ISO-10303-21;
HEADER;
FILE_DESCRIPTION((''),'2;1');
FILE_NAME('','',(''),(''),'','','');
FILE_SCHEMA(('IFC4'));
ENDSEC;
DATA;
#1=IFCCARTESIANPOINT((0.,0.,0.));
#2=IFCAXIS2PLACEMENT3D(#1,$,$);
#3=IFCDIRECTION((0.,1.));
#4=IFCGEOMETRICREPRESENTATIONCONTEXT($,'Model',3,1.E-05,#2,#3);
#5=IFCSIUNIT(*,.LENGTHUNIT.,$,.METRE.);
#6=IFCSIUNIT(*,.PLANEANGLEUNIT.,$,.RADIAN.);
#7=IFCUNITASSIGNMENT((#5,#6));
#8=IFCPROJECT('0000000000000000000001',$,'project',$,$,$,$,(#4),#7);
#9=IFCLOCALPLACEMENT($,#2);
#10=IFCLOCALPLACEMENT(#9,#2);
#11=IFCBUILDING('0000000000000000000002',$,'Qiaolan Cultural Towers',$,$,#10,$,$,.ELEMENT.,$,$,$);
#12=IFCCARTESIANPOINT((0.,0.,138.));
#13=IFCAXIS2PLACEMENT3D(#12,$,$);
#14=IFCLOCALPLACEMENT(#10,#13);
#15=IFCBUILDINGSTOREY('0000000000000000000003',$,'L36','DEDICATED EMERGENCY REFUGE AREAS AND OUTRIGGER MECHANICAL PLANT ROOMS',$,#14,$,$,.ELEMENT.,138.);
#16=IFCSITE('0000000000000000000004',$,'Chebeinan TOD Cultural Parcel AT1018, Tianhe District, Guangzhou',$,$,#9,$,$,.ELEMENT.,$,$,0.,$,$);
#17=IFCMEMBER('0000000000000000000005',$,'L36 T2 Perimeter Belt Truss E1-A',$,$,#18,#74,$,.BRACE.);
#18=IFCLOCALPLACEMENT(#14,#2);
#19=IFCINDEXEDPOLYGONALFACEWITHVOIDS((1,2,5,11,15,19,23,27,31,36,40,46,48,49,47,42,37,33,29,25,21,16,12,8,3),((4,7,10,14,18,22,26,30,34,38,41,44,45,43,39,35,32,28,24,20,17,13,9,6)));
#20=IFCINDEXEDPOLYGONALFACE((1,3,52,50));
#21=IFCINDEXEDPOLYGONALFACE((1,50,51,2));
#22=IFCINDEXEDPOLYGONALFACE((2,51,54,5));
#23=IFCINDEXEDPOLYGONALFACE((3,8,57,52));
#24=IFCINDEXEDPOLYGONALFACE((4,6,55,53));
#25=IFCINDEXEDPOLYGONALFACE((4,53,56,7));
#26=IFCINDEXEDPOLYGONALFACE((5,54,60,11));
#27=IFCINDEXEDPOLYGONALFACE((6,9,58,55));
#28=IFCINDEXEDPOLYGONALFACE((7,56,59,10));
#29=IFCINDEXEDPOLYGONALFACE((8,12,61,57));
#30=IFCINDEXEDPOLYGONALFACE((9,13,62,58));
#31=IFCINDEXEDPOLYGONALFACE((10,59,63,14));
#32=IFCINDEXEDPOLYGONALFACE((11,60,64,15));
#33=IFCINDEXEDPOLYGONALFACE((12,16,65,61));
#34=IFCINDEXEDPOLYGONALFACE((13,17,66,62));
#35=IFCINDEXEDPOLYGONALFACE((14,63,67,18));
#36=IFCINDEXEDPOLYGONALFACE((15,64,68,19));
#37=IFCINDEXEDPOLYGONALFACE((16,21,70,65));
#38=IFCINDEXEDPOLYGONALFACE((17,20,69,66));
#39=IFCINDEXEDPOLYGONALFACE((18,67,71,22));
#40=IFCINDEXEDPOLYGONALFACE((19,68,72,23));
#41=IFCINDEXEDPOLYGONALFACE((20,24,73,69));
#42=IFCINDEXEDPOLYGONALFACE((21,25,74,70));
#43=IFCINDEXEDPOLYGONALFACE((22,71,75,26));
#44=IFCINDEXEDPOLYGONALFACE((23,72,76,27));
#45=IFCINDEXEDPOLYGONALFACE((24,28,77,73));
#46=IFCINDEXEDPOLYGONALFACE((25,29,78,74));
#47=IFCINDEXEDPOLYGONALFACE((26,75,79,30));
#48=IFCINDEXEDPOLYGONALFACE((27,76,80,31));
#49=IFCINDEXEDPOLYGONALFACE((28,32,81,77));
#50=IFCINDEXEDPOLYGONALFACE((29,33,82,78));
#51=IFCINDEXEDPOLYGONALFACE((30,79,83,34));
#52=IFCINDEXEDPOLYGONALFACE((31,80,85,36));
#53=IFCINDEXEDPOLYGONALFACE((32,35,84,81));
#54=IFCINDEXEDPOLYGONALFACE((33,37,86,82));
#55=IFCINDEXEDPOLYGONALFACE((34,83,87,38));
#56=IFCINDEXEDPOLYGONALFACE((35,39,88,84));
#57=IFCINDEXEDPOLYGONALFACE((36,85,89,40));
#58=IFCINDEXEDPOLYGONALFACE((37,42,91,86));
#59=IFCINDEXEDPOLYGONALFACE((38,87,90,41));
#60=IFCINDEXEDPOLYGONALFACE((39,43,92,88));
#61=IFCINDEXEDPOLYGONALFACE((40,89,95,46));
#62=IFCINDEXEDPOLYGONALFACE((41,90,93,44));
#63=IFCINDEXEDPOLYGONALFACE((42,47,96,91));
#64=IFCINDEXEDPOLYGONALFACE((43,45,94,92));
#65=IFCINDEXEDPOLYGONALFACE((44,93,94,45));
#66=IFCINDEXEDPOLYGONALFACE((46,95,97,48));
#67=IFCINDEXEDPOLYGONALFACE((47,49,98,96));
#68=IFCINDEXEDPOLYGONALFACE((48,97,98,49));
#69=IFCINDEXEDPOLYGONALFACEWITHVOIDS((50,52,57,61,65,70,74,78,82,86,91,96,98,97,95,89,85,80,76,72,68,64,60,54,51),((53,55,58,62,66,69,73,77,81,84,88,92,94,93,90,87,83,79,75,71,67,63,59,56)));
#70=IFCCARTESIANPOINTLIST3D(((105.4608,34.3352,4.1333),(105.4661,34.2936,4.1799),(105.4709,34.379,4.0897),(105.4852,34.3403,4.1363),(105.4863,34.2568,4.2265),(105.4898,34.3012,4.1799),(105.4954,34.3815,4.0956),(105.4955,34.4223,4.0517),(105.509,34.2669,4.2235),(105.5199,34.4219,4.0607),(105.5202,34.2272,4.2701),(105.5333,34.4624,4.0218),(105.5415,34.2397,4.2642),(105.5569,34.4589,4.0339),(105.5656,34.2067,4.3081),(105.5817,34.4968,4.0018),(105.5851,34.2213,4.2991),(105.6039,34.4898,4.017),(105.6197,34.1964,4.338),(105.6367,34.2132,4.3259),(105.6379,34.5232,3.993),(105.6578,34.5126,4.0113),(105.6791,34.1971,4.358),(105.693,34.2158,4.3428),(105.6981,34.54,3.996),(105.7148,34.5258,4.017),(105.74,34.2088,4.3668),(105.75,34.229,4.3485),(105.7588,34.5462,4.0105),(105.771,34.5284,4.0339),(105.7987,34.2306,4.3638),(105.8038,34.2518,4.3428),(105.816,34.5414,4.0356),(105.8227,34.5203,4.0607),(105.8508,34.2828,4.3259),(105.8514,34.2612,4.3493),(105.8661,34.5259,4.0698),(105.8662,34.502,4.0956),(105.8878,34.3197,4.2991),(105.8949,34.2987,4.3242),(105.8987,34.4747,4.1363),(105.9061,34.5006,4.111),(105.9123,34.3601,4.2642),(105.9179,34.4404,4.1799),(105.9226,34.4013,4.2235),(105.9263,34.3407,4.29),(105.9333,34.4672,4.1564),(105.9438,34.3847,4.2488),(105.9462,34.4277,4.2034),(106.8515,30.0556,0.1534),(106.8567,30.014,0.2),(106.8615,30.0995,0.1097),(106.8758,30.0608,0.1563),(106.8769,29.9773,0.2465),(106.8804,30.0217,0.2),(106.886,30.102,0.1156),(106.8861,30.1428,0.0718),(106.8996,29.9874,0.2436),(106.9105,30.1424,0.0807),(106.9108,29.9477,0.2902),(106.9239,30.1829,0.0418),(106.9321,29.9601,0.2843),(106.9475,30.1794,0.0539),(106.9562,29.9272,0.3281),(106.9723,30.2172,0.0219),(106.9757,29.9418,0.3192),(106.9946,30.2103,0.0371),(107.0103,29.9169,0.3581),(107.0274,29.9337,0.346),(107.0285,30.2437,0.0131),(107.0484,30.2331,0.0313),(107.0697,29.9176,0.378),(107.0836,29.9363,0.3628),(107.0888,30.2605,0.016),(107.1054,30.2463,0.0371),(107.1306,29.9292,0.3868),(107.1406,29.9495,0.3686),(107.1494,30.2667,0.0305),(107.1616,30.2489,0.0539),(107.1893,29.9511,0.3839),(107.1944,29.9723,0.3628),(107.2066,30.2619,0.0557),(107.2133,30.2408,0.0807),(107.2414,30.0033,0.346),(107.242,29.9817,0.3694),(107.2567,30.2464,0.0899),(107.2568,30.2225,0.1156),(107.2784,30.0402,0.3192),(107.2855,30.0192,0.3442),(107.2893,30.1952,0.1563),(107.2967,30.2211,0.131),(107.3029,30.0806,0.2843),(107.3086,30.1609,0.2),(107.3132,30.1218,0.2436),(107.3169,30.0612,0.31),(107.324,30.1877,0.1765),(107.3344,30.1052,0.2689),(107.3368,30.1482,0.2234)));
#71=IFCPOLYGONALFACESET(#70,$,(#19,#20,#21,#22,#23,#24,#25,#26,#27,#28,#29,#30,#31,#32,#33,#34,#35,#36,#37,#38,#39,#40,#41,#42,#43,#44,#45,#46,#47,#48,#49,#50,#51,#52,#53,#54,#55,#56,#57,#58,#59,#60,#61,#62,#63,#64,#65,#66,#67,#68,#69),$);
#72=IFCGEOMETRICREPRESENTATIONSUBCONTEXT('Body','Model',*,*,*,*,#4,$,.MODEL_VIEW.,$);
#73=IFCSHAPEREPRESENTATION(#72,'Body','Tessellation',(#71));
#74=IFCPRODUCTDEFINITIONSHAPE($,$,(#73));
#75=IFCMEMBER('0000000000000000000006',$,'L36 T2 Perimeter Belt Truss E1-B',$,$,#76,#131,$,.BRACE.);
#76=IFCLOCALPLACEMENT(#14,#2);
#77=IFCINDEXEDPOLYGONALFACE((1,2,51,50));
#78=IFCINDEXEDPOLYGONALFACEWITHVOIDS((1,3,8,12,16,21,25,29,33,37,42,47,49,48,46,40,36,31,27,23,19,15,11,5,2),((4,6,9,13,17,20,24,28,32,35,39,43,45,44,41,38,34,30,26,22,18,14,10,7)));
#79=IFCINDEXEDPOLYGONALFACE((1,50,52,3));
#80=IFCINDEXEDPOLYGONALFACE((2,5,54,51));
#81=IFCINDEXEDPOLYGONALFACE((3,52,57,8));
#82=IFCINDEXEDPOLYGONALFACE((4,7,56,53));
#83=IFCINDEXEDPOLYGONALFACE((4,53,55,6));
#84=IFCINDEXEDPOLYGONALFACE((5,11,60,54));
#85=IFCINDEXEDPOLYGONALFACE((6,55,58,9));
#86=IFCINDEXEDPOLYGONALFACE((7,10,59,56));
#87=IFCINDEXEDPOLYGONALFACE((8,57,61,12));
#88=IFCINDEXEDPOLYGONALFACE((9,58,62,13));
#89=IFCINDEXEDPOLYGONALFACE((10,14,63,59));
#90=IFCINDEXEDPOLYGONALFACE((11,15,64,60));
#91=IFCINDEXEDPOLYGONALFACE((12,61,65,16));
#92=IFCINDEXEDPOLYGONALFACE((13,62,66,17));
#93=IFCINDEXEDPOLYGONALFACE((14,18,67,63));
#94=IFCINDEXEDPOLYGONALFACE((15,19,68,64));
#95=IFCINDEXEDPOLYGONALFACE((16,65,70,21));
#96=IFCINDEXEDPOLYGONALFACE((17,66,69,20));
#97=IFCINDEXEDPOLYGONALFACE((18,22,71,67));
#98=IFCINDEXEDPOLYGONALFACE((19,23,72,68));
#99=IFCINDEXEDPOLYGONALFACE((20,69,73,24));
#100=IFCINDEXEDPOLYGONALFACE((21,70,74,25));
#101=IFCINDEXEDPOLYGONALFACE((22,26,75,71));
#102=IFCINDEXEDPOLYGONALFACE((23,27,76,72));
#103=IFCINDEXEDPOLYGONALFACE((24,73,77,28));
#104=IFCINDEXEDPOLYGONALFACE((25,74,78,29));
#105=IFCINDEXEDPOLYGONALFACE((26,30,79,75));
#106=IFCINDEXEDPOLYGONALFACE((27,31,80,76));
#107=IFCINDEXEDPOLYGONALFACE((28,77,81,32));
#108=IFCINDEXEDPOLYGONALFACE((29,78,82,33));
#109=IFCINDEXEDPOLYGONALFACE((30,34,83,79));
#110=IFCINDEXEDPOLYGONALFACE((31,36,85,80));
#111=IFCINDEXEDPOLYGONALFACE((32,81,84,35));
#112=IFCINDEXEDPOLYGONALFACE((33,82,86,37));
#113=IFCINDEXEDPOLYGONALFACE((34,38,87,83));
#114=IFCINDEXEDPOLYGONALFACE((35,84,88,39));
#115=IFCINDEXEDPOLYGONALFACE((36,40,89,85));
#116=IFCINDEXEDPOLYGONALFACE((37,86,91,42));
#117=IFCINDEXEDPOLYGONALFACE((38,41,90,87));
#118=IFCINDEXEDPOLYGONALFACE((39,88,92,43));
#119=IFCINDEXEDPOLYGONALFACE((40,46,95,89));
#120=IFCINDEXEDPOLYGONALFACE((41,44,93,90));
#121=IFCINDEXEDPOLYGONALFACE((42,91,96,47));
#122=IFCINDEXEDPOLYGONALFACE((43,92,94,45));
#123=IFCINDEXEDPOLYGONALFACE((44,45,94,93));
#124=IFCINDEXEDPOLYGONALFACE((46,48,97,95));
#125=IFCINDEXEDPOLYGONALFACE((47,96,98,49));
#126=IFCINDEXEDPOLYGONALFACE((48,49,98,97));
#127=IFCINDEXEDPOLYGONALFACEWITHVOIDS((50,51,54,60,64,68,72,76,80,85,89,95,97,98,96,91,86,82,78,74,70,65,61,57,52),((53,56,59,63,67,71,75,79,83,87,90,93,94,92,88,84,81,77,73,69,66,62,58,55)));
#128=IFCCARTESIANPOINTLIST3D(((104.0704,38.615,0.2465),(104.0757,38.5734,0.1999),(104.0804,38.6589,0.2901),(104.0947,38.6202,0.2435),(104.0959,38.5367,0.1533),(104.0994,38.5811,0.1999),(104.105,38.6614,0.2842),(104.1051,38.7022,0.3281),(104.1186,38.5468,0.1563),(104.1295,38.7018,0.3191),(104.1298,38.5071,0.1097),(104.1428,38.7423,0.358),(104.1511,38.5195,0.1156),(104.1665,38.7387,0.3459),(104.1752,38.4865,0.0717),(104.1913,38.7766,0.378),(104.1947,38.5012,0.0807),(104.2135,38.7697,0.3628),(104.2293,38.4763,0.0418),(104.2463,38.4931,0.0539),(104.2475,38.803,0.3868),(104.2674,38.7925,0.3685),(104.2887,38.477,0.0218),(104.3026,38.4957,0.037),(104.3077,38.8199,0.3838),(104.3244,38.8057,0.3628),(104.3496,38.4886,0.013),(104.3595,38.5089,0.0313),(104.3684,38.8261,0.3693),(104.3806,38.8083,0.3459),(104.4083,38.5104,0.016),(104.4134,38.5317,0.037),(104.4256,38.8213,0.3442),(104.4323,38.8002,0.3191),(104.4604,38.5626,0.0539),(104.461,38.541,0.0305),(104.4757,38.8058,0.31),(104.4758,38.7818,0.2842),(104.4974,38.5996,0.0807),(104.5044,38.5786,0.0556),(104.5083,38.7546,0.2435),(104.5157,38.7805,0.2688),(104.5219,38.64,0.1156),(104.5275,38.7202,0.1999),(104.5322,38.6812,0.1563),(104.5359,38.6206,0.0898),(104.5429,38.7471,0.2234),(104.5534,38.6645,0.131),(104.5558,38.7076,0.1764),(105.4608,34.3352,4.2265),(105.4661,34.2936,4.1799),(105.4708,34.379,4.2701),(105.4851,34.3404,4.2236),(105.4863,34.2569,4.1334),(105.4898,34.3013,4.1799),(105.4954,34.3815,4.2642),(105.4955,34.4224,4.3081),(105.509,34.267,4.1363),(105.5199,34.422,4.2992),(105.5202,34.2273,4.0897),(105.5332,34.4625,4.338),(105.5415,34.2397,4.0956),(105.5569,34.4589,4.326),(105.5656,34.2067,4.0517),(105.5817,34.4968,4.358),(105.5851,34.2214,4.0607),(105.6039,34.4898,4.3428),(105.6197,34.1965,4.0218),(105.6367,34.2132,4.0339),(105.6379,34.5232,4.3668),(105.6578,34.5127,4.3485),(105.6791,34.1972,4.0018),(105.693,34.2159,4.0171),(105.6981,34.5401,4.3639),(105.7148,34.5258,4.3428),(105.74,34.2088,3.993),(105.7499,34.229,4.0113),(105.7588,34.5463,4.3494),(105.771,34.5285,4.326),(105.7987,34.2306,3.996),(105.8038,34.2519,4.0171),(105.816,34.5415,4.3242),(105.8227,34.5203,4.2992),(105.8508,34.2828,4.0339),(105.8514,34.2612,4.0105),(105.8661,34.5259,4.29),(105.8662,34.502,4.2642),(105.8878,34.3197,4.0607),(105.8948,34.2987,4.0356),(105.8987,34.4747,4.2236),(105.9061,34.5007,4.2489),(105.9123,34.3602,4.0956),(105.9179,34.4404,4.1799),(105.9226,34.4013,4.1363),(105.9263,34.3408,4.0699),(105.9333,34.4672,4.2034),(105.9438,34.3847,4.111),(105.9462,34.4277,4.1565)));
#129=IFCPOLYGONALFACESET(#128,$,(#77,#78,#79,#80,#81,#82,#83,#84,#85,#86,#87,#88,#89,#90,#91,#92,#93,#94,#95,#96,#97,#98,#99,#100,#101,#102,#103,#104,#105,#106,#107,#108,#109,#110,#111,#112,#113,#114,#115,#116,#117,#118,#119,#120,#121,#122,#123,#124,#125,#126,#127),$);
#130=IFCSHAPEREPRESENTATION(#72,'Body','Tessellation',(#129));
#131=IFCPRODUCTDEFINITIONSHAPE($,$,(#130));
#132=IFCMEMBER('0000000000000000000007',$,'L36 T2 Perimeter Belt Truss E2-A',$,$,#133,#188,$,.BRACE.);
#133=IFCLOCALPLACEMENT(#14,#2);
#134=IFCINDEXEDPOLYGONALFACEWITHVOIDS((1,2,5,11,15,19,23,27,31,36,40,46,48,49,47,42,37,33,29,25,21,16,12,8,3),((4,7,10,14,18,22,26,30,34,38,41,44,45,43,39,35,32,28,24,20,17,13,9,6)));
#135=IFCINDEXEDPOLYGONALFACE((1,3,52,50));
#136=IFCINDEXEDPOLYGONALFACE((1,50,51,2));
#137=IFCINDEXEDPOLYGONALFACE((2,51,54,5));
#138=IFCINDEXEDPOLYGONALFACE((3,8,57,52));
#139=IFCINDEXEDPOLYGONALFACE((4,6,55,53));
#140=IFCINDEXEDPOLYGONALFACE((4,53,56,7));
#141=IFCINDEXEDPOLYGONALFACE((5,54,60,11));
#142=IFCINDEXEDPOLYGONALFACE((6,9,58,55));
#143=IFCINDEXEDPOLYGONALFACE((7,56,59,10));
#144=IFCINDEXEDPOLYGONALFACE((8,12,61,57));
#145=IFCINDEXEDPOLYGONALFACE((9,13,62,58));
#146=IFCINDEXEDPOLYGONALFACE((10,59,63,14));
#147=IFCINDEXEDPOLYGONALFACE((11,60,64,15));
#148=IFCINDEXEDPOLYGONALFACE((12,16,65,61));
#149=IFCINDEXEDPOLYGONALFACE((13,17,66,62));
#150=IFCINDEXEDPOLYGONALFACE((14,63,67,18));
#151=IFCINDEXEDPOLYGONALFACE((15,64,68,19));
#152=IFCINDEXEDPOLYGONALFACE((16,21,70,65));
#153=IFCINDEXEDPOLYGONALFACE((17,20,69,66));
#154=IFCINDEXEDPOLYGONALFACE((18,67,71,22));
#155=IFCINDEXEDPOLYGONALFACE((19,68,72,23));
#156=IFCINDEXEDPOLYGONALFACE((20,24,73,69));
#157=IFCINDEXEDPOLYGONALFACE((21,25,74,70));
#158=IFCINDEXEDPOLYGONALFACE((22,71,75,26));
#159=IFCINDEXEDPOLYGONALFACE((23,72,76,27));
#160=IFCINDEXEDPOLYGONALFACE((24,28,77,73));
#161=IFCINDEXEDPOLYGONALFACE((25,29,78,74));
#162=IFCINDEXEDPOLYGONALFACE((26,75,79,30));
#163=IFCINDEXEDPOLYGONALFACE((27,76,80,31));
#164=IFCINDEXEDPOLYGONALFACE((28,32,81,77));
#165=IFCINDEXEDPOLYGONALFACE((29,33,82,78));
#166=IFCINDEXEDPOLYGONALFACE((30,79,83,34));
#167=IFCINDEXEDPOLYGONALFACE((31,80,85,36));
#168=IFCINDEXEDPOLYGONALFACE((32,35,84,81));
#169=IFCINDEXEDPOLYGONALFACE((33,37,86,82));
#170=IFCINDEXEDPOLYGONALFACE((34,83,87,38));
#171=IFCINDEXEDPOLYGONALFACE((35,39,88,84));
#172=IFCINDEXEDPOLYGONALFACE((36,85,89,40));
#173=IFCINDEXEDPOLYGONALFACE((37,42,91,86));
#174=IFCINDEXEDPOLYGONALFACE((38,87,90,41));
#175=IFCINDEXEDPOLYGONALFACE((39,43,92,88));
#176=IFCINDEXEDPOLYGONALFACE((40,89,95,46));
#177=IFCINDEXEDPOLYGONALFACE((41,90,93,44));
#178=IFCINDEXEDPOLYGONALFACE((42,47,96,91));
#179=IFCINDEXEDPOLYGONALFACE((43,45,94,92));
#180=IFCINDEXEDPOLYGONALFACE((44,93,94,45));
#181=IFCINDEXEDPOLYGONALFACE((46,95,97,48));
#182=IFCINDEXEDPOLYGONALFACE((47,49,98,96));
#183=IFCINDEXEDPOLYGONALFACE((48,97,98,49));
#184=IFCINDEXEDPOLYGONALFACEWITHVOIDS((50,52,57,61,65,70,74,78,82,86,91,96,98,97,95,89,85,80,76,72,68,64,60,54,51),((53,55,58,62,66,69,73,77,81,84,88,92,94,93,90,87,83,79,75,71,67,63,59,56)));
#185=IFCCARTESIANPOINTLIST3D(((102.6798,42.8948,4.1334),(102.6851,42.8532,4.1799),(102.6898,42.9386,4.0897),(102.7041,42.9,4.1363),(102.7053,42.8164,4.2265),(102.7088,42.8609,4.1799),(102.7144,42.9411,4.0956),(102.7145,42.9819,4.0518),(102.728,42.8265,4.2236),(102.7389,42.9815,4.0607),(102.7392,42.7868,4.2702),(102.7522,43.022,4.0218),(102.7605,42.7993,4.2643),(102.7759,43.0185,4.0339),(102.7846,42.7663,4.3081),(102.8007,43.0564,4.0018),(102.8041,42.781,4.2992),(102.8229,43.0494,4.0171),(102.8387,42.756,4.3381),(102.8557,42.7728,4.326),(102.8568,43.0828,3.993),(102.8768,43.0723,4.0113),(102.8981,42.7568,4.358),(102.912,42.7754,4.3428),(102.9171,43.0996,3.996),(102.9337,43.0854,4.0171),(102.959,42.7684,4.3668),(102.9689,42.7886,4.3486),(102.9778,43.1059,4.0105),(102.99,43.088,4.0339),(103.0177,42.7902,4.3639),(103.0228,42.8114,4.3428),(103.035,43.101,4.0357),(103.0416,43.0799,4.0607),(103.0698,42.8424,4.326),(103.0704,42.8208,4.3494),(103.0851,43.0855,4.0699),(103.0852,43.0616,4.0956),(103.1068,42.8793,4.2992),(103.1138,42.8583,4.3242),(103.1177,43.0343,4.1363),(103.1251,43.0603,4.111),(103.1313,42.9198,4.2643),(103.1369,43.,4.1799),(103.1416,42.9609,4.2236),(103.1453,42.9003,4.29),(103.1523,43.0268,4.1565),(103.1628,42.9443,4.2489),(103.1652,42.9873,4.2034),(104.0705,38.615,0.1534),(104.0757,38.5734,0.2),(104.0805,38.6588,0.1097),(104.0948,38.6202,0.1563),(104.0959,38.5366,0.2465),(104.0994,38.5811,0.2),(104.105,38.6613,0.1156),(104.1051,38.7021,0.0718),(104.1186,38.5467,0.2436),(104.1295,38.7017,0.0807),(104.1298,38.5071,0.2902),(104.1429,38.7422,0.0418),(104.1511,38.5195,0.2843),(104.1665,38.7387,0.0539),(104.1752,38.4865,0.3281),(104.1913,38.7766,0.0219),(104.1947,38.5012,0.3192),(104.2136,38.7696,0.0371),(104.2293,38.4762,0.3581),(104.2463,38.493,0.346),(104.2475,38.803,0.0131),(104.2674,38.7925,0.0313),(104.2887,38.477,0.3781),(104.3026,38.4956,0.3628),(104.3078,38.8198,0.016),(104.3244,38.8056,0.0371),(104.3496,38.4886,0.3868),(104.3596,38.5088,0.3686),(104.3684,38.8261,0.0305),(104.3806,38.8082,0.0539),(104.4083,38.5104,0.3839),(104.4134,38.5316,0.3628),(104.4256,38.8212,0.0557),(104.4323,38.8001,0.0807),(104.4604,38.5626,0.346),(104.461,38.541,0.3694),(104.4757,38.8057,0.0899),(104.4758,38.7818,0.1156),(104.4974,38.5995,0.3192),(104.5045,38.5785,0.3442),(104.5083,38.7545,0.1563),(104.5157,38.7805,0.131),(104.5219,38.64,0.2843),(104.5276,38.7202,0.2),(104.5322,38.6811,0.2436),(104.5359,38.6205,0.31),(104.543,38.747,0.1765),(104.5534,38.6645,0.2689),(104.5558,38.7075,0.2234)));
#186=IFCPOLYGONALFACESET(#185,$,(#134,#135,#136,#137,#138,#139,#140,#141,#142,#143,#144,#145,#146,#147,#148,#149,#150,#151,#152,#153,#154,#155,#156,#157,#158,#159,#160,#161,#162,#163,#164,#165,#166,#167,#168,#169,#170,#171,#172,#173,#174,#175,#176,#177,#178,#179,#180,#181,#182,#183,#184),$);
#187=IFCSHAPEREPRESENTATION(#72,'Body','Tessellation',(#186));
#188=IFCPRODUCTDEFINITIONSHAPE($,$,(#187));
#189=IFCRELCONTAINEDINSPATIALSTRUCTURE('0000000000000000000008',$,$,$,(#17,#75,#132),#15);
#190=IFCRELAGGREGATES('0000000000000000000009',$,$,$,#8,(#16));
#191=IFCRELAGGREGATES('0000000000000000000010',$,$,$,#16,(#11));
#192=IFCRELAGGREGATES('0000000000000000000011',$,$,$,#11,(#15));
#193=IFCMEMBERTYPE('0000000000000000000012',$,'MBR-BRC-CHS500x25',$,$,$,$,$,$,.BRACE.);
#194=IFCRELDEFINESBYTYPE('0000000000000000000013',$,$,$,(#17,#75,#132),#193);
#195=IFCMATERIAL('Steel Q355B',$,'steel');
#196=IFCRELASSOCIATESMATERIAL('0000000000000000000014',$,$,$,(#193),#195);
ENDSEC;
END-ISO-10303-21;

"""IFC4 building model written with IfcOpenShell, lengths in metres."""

from ifc_helpers import new_model, si_unit, direction, frame, origin, origin_2d, place, context, subcontext, project, spatial, hollow_circle, extrude, material, material_profile, profile_set, type_object, element, save


model = new_model("IFC4")

# Units and contexts
model_context = context("Model", 3, precision=1e-05, world=origin(), true_north=direction((0.0, 1.0)))
body_context = subcontext(model_context, "Body", "Model", "MODEL_VIEW")
ifc_project = project(units=[si_unit("LENGTHUNIT", "METRE"), si_unit("PLANEANGLEUNIT", "RADIAN")], contexts=[model_context])

# Site, building, storey
site_placement = place(None, origin())
site = spatial("IfcSite", under=ifc_project, at=site_placement, Name="Chebeinan TOD Cultural Parcel AT1018, Tianhe District, Guangzhou", CompositionType="ELEMENT", RefElevation=0.0)
building_placement = place(site_placement, origin())
building = spatial("IfcBuilding", under=site, at=building_placement, Name="Qiaolan Cultural Towers", CompositionType="ELEMENT")
storey_placement = place(building_placement, frame((0.0, 0.0, 138.0)))
storey = spatial("IfcBuildingStorey", under=building, at=storey_placement, Name="L36", Description="DEDICATED EMERGENCY REFUGE AREAS AND OUTRIGGER MECHANICAL PLANT ROOMS", CompositionType="ELEMENT", Elevation=138.0)

# Members
ifc_material_1 = material(Name="Steel Q355B", Category="steel")
ifc_material_profile_1 = material_profile(ifc_material_1, hollow_circle(Radius=0.25, WallThickness=0.0249, at=origin_2d()), Name="CHS500x25")
ifc_profile_set_1 = profile_set([ifc_material_profile_1], Name="Steel Q355B")
member_type_1 = type_object("IfcMemberType", Name="MBR-BRC-CHS500x25", PredefinedType="BRACE", material=ifc_profile_set_1)
member_1_placement = place(storey_placement, frame((107.0945, 30.0913, 0.2), z_axis=(-0.231486, 0.712381, 0.662516), x_axis=(-0.951049, -0.309041, 0.0)))
element("IfcMember", 1, at=member_1_placement, inside=storey, type_object=member_type_1, Name="L36 T2 Perimeter Belt Truss E1-A", PredefinedType="BRACE", context=body_context, shape_type="SweptSolid", body=[
    extrude(hollow_circle(Radius=0.25, WallThickness=0.0249, at=origin_2d()), origin(), (0.0, 0.0, 1.0), 6.0073),
])
for number, where, z_axis, x_axis, name in (
    (2, (105.7039, 34.3708, 4.1799), (-0.231441, 0.712408, -0.662503), (-0.95107, -0.308976, 0.0), "L36 T2 Perimeter Belt Truss E1-B"),
    (3, (104.3135, 38.6506, 0.2), (-0.23148, 0.712401, 0.662497), (-0.951054, -0.309025, 0.0), "L36 T2 Perimeter Belt Truss E2-A"),
):
    element("IfcMember", number, at=place(storey_placement, frame(where, z_axis=z_axis, x_axis=x_axis)), inside=storey, type_object=member_type_1, Name=name, PredefinedType="BRACE", context=body_context, shape_type="SweptSolid", body=[
        extrude(hollow_circle(Radius=0.25, WallThickness=0.0249, at=origin_2d()), origin(), (0.0, 0.0, 1.0), 6.0076),
    ])

save(model, "model.ifc")
